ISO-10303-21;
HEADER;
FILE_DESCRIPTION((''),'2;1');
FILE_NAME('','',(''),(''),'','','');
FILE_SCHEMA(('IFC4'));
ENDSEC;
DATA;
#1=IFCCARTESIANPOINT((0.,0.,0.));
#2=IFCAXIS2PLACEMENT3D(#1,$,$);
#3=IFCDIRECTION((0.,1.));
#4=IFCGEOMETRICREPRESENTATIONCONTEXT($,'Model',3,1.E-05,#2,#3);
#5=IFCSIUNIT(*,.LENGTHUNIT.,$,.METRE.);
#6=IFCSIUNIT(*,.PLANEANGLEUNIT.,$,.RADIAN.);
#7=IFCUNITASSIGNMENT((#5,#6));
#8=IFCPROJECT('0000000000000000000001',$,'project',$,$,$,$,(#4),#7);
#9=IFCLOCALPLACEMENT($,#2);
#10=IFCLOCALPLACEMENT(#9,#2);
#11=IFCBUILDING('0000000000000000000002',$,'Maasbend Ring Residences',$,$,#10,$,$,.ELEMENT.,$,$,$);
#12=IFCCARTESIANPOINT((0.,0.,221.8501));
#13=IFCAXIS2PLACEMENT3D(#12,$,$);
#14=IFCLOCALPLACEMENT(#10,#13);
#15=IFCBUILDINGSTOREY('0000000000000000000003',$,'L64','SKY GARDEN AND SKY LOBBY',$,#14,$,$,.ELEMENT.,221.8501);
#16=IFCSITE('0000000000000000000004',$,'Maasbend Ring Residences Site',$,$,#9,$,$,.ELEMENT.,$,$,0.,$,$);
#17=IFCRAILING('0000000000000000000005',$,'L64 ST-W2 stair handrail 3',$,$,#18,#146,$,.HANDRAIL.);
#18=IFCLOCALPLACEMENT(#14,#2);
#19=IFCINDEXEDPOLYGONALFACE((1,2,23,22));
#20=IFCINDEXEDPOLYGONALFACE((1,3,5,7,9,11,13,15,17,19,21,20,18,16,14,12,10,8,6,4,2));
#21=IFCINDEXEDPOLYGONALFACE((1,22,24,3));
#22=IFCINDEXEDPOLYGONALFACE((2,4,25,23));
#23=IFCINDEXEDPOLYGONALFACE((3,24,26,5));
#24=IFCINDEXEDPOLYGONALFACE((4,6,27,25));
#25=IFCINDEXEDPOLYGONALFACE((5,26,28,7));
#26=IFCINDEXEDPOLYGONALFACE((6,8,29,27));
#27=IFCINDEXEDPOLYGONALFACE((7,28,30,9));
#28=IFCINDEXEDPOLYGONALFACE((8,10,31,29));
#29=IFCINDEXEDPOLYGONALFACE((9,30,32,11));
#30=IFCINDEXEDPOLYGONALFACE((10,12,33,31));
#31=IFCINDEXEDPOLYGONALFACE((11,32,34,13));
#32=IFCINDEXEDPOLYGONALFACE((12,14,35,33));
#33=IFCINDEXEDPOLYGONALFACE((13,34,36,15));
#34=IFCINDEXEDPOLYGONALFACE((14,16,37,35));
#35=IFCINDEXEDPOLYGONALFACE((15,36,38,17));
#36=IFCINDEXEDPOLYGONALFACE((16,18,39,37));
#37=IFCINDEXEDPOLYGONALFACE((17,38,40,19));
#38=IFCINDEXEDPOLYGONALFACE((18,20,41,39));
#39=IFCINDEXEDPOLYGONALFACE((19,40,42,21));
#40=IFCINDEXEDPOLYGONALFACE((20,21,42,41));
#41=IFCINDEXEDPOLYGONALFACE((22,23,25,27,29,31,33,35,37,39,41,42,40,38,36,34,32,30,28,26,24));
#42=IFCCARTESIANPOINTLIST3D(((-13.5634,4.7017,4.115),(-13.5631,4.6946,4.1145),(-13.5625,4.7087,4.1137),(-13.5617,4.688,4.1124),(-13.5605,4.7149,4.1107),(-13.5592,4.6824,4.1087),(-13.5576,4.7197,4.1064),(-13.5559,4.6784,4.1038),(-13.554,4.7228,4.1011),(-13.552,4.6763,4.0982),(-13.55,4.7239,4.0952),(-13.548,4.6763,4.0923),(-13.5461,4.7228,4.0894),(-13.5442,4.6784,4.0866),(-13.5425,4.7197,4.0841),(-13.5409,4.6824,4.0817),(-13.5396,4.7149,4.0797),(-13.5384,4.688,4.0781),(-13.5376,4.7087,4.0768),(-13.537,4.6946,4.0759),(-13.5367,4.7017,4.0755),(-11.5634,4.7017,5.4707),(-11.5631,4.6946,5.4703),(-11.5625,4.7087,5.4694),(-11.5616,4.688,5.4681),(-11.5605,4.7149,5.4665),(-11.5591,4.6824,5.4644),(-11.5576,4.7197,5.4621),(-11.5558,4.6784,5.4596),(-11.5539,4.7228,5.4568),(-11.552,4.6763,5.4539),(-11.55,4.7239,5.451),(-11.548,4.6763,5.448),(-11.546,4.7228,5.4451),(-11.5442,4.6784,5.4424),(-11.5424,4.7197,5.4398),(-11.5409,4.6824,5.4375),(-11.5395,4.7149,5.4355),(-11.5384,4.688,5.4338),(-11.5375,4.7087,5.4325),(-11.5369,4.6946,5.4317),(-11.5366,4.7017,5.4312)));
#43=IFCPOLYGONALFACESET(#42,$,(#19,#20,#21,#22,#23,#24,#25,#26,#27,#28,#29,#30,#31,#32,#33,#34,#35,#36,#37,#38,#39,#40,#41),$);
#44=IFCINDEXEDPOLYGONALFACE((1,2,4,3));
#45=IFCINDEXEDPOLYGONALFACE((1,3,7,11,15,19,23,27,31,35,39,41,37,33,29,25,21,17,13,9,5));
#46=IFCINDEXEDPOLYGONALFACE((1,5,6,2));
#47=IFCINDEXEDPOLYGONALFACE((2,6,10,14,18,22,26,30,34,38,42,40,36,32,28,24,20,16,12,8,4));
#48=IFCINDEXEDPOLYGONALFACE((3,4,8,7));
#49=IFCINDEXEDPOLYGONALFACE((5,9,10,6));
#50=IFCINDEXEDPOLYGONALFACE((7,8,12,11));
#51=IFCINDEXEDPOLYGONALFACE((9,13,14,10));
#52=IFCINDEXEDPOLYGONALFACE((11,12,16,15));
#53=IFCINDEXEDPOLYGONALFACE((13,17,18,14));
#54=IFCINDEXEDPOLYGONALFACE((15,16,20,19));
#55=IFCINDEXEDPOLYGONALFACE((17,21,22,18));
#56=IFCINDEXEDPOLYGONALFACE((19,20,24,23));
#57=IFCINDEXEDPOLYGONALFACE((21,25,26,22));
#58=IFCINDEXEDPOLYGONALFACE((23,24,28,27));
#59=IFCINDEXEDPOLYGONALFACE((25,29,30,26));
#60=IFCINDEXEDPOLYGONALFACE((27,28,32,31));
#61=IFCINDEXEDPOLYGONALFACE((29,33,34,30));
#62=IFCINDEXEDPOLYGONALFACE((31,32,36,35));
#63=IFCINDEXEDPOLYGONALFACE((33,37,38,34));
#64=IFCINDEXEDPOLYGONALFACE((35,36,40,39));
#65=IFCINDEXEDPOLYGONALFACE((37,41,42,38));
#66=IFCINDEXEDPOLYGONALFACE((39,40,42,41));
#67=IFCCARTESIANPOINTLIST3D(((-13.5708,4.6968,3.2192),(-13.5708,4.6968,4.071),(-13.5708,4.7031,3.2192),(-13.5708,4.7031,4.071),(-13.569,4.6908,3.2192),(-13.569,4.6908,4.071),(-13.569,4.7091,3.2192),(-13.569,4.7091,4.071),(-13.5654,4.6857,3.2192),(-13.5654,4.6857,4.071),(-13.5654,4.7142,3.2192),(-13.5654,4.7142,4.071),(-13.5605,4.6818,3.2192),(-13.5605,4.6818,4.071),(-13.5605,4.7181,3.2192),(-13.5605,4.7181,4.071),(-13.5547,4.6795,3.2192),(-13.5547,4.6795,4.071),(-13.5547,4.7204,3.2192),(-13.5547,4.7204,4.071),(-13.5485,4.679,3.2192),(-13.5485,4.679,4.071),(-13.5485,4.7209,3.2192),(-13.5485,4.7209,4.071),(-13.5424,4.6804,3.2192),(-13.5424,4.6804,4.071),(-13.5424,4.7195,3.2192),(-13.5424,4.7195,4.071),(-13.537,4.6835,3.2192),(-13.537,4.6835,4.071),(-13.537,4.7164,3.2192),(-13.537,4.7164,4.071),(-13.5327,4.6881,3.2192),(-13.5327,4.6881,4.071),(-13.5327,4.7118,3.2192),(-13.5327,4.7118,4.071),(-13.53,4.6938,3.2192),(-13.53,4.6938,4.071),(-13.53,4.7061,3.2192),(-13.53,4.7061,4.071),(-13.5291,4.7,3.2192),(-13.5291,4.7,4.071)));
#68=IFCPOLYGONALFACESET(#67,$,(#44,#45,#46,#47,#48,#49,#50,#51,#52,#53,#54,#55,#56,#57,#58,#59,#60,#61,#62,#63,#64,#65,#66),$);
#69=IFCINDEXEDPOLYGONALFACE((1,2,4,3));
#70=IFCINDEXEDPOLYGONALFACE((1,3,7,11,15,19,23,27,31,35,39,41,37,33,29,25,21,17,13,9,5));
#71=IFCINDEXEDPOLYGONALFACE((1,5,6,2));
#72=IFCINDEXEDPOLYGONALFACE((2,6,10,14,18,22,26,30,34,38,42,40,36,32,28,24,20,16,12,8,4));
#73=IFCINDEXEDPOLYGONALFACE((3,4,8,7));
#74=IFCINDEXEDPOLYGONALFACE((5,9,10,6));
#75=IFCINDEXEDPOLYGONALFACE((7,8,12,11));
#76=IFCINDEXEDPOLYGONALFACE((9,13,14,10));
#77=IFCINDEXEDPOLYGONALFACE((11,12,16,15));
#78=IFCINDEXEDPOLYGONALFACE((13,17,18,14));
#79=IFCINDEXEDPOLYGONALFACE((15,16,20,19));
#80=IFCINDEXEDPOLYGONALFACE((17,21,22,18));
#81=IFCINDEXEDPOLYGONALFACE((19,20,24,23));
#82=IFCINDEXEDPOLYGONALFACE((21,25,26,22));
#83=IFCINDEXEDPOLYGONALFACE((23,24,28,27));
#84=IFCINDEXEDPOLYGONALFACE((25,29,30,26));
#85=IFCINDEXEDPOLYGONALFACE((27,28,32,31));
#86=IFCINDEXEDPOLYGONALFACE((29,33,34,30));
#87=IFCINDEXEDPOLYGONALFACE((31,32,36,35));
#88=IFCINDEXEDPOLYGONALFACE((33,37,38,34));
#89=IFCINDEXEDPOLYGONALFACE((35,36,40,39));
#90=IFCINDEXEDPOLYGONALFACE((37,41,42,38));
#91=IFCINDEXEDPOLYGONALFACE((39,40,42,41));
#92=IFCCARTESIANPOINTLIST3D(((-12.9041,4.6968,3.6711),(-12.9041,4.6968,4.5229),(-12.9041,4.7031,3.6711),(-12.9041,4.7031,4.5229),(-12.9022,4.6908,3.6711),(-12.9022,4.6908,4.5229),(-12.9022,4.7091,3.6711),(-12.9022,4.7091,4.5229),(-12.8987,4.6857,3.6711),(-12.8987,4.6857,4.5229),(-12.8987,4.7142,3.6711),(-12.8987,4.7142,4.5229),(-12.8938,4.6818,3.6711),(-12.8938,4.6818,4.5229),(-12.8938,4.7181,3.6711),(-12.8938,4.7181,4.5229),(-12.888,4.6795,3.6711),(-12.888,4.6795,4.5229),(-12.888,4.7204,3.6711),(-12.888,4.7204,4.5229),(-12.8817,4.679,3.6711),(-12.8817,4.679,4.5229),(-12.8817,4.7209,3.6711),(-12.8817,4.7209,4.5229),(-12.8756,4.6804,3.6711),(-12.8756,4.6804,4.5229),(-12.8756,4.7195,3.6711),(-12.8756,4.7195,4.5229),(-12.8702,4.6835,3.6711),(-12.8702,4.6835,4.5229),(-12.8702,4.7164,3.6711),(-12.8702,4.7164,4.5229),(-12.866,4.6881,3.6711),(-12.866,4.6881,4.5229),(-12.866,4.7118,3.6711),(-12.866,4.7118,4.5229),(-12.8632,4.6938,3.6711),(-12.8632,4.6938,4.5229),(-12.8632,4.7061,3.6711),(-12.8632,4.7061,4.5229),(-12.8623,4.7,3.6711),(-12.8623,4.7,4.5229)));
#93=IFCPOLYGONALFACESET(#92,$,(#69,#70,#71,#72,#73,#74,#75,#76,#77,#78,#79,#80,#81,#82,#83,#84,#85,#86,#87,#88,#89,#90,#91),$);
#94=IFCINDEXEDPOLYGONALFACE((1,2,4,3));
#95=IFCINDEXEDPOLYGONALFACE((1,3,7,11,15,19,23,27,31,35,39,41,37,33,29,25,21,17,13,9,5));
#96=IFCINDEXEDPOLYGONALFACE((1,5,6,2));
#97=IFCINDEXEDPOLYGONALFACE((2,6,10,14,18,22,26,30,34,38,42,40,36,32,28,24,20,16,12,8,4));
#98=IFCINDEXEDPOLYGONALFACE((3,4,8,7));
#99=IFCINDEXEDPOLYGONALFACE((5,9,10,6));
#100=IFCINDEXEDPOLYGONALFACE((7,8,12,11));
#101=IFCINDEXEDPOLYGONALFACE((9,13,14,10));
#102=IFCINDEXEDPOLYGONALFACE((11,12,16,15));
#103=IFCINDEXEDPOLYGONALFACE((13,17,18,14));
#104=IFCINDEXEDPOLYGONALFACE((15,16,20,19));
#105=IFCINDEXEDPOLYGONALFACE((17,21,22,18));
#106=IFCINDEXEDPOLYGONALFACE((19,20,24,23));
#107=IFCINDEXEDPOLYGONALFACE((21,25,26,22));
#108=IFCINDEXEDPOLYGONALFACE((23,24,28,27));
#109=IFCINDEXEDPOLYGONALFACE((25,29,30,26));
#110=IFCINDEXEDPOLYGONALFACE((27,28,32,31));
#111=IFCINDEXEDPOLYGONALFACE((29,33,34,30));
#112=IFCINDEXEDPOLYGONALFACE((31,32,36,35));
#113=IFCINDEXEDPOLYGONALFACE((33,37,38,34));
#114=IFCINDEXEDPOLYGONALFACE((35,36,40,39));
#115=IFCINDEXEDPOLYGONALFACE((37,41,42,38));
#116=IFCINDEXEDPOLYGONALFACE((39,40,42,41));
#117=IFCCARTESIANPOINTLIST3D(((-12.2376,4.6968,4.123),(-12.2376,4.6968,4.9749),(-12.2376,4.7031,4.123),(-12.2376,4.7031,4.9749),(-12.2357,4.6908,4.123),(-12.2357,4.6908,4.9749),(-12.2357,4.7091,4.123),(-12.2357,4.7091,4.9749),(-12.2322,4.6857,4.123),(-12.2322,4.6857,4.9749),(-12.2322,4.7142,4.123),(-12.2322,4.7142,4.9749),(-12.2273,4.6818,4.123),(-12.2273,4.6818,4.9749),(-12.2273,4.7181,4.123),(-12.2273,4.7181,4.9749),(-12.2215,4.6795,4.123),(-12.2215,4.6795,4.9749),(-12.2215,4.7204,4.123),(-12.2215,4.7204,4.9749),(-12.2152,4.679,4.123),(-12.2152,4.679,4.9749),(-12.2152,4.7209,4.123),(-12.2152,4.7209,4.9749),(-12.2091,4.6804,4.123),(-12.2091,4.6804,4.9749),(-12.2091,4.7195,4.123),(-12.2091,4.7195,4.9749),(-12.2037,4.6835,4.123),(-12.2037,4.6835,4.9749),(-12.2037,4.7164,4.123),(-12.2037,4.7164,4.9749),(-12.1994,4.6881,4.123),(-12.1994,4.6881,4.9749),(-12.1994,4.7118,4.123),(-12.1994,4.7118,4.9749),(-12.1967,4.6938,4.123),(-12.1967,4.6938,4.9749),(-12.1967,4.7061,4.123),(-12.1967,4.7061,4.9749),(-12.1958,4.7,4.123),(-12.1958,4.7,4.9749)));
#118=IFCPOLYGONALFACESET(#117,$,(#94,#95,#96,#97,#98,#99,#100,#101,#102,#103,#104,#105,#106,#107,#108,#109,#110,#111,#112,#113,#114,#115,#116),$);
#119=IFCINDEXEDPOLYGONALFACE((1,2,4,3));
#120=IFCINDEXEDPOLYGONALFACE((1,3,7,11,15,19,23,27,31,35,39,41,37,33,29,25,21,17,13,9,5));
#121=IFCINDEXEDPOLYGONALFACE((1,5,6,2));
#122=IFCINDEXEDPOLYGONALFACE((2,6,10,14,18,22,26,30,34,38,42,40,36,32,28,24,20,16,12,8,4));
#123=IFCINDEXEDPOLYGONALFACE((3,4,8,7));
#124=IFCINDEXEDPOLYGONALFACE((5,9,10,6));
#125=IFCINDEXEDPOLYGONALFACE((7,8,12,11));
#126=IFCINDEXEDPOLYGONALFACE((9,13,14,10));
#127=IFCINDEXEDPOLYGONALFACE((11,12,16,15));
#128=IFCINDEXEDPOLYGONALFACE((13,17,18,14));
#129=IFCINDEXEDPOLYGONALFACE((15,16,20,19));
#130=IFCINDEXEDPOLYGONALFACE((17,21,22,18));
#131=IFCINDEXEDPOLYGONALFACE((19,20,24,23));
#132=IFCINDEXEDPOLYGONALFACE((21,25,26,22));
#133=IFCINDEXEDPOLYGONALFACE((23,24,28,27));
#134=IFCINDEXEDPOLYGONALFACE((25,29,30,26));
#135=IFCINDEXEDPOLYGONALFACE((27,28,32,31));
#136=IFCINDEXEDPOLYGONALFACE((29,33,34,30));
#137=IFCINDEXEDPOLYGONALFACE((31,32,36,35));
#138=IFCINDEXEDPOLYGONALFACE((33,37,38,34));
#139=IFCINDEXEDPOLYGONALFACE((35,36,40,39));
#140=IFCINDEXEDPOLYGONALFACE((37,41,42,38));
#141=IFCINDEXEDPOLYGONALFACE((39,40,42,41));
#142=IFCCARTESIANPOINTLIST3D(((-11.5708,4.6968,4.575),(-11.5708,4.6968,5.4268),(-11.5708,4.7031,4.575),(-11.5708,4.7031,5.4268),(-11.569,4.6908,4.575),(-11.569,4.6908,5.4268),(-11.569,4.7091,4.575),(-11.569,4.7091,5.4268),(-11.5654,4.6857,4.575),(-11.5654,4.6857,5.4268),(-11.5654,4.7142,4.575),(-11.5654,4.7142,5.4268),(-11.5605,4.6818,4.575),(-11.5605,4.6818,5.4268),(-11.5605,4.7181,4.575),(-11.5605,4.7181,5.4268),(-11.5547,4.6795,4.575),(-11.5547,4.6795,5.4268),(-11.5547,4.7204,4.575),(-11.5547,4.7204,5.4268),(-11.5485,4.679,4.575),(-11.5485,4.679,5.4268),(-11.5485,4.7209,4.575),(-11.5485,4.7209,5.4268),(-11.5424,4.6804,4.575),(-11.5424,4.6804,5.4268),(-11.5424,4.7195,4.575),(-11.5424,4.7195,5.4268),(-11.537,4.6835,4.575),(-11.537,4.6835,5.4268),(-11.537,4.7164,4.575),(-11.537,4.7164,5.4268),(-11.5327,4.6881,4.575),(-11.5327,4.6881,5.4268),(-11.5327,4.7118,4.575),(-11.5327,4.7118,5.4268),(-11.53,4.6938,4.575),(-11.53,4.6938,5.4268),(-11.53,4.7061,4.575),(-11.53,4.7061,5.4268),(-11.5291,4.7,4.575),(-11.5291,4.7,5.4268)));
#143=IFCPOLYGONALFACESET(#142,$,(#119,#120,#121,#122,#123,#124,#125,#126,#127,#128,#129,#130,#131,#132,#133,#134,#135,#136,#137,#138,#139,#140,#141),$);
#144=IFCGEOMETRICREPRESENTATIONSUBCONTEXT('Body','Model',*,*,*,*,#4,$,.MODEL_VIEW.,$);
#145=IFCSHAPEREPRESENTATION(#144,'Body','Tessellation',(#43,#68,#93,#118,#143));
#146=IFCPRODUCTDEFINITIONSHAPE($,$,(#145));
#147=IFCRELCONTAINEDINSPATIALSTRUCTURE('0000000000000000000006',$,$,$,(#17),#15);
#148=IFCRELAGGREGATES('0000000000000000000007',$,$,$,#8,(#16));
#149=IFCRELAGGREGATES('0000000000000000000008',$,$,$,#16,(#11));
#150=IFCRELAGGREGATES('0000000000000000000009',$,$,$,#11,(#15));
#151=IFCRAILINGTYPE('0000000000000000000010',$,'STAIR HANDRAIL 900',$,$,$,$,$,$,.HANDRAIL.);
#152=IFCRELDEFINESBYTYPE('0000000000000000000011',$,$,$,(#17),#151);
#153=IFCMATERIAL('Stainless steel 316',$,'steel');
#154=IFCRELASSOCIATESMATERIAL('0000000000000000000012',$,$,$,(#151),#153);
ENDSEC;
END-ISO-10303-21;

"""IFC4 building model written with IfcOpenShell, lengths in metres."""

from ifc_helpers import new_model, si_unit, direction, frame, origin, origin_2d, place, context, subcontext, project, spatial, circle, extrude, material, type_object, element, save


model = new_model("IFC4")

# Units and contexts
model_context = context("Model", 3, precision=1e-05, world=origin(), true_north=direction((0.0, 1.0)))
body_context = subcontext(model_context, "Body", "Model", "MODEL_VIEW")
ifc_project = project(units=[si_unit("LENGTHUNIT", "METRE"), si_unit("PLANEANGLEUNIT", "RADIAN")], contexts=[model_context])

# Site, building, storey
site_placement = place(None, origin())
site = spatial("IfcSite", under=ifc_project, at=site_placement, Name="Maasbend Ring Residences Site", CompositionType="ELEMENT", RefElevation=0.0)
building_placement = place(site_placement, origin())
building = spatial("IfcBuilding", under=site, at=building_placement, Name="Maasbend Ring Residences", CompositionType="ELEMENT")
storey_placement = place(building_placement, frame((0.0, 0.0, 221.8501)))
storey = spatial("IfcBuildingStorey", under=building, at=storey_placement, Name="L64", Description="SKY GARDEN AND SKY LOBBY", CompositionType="ELEMENT", Elevation=221.8501)

# Railing
ifc_material_1 = material(Name="Stainless steel 316", Category="steel")
railing_type = type_object("IfcRailingType", Name="STAIR HANDRAIL 900", PredefinedType="HANDRAIL", material=ifc_material_1)
railing_1_placement = place(storey_placement, frame((-13.55, 4.7, 3.2192)))
element("IfcRailing", 1, at=railing_1_placement, inside=storey, type_object=railing_type, Name="L64 ST-W2 stair handrail 3", PredefinedType="HANDRAIL", context=body_context, shape_type="SweptSolid", body=[
    extrude(circle(Radius=0.0239, at=origin_2d()), frame((0.0, 0.0, 0.876), z_axis=(0.827751, 0.0, 0.561096), x_axis=(0.0, 1.0, 0.0)), (0.0, 0.0, 1.0), 2.4163),
    extrude(circle(Radius=0.021, at=origin_2d()), origin(), (0.0, 0.0, 1.0), 0.8518),
    extrude(circle(Radius=0.021, at=origin_2d()), frame((0.6667, 0.0, 0.4519)), (0.0, 0.0, 1.0), 0.8518),
    extrude(circle(Radius=0.021, at=origin_2d()), frame((1.3333, 0.0, 0.9038)), (0.0, 0.0, 1.0), 0.8518),
    extrude(circle(Radius=0.021, at=origin_2d()), frame((2.0, 0.0, 1.3557)), (0.0, 0.0, 1.0), 0.8518),
])

save(model, "model.ifc")
